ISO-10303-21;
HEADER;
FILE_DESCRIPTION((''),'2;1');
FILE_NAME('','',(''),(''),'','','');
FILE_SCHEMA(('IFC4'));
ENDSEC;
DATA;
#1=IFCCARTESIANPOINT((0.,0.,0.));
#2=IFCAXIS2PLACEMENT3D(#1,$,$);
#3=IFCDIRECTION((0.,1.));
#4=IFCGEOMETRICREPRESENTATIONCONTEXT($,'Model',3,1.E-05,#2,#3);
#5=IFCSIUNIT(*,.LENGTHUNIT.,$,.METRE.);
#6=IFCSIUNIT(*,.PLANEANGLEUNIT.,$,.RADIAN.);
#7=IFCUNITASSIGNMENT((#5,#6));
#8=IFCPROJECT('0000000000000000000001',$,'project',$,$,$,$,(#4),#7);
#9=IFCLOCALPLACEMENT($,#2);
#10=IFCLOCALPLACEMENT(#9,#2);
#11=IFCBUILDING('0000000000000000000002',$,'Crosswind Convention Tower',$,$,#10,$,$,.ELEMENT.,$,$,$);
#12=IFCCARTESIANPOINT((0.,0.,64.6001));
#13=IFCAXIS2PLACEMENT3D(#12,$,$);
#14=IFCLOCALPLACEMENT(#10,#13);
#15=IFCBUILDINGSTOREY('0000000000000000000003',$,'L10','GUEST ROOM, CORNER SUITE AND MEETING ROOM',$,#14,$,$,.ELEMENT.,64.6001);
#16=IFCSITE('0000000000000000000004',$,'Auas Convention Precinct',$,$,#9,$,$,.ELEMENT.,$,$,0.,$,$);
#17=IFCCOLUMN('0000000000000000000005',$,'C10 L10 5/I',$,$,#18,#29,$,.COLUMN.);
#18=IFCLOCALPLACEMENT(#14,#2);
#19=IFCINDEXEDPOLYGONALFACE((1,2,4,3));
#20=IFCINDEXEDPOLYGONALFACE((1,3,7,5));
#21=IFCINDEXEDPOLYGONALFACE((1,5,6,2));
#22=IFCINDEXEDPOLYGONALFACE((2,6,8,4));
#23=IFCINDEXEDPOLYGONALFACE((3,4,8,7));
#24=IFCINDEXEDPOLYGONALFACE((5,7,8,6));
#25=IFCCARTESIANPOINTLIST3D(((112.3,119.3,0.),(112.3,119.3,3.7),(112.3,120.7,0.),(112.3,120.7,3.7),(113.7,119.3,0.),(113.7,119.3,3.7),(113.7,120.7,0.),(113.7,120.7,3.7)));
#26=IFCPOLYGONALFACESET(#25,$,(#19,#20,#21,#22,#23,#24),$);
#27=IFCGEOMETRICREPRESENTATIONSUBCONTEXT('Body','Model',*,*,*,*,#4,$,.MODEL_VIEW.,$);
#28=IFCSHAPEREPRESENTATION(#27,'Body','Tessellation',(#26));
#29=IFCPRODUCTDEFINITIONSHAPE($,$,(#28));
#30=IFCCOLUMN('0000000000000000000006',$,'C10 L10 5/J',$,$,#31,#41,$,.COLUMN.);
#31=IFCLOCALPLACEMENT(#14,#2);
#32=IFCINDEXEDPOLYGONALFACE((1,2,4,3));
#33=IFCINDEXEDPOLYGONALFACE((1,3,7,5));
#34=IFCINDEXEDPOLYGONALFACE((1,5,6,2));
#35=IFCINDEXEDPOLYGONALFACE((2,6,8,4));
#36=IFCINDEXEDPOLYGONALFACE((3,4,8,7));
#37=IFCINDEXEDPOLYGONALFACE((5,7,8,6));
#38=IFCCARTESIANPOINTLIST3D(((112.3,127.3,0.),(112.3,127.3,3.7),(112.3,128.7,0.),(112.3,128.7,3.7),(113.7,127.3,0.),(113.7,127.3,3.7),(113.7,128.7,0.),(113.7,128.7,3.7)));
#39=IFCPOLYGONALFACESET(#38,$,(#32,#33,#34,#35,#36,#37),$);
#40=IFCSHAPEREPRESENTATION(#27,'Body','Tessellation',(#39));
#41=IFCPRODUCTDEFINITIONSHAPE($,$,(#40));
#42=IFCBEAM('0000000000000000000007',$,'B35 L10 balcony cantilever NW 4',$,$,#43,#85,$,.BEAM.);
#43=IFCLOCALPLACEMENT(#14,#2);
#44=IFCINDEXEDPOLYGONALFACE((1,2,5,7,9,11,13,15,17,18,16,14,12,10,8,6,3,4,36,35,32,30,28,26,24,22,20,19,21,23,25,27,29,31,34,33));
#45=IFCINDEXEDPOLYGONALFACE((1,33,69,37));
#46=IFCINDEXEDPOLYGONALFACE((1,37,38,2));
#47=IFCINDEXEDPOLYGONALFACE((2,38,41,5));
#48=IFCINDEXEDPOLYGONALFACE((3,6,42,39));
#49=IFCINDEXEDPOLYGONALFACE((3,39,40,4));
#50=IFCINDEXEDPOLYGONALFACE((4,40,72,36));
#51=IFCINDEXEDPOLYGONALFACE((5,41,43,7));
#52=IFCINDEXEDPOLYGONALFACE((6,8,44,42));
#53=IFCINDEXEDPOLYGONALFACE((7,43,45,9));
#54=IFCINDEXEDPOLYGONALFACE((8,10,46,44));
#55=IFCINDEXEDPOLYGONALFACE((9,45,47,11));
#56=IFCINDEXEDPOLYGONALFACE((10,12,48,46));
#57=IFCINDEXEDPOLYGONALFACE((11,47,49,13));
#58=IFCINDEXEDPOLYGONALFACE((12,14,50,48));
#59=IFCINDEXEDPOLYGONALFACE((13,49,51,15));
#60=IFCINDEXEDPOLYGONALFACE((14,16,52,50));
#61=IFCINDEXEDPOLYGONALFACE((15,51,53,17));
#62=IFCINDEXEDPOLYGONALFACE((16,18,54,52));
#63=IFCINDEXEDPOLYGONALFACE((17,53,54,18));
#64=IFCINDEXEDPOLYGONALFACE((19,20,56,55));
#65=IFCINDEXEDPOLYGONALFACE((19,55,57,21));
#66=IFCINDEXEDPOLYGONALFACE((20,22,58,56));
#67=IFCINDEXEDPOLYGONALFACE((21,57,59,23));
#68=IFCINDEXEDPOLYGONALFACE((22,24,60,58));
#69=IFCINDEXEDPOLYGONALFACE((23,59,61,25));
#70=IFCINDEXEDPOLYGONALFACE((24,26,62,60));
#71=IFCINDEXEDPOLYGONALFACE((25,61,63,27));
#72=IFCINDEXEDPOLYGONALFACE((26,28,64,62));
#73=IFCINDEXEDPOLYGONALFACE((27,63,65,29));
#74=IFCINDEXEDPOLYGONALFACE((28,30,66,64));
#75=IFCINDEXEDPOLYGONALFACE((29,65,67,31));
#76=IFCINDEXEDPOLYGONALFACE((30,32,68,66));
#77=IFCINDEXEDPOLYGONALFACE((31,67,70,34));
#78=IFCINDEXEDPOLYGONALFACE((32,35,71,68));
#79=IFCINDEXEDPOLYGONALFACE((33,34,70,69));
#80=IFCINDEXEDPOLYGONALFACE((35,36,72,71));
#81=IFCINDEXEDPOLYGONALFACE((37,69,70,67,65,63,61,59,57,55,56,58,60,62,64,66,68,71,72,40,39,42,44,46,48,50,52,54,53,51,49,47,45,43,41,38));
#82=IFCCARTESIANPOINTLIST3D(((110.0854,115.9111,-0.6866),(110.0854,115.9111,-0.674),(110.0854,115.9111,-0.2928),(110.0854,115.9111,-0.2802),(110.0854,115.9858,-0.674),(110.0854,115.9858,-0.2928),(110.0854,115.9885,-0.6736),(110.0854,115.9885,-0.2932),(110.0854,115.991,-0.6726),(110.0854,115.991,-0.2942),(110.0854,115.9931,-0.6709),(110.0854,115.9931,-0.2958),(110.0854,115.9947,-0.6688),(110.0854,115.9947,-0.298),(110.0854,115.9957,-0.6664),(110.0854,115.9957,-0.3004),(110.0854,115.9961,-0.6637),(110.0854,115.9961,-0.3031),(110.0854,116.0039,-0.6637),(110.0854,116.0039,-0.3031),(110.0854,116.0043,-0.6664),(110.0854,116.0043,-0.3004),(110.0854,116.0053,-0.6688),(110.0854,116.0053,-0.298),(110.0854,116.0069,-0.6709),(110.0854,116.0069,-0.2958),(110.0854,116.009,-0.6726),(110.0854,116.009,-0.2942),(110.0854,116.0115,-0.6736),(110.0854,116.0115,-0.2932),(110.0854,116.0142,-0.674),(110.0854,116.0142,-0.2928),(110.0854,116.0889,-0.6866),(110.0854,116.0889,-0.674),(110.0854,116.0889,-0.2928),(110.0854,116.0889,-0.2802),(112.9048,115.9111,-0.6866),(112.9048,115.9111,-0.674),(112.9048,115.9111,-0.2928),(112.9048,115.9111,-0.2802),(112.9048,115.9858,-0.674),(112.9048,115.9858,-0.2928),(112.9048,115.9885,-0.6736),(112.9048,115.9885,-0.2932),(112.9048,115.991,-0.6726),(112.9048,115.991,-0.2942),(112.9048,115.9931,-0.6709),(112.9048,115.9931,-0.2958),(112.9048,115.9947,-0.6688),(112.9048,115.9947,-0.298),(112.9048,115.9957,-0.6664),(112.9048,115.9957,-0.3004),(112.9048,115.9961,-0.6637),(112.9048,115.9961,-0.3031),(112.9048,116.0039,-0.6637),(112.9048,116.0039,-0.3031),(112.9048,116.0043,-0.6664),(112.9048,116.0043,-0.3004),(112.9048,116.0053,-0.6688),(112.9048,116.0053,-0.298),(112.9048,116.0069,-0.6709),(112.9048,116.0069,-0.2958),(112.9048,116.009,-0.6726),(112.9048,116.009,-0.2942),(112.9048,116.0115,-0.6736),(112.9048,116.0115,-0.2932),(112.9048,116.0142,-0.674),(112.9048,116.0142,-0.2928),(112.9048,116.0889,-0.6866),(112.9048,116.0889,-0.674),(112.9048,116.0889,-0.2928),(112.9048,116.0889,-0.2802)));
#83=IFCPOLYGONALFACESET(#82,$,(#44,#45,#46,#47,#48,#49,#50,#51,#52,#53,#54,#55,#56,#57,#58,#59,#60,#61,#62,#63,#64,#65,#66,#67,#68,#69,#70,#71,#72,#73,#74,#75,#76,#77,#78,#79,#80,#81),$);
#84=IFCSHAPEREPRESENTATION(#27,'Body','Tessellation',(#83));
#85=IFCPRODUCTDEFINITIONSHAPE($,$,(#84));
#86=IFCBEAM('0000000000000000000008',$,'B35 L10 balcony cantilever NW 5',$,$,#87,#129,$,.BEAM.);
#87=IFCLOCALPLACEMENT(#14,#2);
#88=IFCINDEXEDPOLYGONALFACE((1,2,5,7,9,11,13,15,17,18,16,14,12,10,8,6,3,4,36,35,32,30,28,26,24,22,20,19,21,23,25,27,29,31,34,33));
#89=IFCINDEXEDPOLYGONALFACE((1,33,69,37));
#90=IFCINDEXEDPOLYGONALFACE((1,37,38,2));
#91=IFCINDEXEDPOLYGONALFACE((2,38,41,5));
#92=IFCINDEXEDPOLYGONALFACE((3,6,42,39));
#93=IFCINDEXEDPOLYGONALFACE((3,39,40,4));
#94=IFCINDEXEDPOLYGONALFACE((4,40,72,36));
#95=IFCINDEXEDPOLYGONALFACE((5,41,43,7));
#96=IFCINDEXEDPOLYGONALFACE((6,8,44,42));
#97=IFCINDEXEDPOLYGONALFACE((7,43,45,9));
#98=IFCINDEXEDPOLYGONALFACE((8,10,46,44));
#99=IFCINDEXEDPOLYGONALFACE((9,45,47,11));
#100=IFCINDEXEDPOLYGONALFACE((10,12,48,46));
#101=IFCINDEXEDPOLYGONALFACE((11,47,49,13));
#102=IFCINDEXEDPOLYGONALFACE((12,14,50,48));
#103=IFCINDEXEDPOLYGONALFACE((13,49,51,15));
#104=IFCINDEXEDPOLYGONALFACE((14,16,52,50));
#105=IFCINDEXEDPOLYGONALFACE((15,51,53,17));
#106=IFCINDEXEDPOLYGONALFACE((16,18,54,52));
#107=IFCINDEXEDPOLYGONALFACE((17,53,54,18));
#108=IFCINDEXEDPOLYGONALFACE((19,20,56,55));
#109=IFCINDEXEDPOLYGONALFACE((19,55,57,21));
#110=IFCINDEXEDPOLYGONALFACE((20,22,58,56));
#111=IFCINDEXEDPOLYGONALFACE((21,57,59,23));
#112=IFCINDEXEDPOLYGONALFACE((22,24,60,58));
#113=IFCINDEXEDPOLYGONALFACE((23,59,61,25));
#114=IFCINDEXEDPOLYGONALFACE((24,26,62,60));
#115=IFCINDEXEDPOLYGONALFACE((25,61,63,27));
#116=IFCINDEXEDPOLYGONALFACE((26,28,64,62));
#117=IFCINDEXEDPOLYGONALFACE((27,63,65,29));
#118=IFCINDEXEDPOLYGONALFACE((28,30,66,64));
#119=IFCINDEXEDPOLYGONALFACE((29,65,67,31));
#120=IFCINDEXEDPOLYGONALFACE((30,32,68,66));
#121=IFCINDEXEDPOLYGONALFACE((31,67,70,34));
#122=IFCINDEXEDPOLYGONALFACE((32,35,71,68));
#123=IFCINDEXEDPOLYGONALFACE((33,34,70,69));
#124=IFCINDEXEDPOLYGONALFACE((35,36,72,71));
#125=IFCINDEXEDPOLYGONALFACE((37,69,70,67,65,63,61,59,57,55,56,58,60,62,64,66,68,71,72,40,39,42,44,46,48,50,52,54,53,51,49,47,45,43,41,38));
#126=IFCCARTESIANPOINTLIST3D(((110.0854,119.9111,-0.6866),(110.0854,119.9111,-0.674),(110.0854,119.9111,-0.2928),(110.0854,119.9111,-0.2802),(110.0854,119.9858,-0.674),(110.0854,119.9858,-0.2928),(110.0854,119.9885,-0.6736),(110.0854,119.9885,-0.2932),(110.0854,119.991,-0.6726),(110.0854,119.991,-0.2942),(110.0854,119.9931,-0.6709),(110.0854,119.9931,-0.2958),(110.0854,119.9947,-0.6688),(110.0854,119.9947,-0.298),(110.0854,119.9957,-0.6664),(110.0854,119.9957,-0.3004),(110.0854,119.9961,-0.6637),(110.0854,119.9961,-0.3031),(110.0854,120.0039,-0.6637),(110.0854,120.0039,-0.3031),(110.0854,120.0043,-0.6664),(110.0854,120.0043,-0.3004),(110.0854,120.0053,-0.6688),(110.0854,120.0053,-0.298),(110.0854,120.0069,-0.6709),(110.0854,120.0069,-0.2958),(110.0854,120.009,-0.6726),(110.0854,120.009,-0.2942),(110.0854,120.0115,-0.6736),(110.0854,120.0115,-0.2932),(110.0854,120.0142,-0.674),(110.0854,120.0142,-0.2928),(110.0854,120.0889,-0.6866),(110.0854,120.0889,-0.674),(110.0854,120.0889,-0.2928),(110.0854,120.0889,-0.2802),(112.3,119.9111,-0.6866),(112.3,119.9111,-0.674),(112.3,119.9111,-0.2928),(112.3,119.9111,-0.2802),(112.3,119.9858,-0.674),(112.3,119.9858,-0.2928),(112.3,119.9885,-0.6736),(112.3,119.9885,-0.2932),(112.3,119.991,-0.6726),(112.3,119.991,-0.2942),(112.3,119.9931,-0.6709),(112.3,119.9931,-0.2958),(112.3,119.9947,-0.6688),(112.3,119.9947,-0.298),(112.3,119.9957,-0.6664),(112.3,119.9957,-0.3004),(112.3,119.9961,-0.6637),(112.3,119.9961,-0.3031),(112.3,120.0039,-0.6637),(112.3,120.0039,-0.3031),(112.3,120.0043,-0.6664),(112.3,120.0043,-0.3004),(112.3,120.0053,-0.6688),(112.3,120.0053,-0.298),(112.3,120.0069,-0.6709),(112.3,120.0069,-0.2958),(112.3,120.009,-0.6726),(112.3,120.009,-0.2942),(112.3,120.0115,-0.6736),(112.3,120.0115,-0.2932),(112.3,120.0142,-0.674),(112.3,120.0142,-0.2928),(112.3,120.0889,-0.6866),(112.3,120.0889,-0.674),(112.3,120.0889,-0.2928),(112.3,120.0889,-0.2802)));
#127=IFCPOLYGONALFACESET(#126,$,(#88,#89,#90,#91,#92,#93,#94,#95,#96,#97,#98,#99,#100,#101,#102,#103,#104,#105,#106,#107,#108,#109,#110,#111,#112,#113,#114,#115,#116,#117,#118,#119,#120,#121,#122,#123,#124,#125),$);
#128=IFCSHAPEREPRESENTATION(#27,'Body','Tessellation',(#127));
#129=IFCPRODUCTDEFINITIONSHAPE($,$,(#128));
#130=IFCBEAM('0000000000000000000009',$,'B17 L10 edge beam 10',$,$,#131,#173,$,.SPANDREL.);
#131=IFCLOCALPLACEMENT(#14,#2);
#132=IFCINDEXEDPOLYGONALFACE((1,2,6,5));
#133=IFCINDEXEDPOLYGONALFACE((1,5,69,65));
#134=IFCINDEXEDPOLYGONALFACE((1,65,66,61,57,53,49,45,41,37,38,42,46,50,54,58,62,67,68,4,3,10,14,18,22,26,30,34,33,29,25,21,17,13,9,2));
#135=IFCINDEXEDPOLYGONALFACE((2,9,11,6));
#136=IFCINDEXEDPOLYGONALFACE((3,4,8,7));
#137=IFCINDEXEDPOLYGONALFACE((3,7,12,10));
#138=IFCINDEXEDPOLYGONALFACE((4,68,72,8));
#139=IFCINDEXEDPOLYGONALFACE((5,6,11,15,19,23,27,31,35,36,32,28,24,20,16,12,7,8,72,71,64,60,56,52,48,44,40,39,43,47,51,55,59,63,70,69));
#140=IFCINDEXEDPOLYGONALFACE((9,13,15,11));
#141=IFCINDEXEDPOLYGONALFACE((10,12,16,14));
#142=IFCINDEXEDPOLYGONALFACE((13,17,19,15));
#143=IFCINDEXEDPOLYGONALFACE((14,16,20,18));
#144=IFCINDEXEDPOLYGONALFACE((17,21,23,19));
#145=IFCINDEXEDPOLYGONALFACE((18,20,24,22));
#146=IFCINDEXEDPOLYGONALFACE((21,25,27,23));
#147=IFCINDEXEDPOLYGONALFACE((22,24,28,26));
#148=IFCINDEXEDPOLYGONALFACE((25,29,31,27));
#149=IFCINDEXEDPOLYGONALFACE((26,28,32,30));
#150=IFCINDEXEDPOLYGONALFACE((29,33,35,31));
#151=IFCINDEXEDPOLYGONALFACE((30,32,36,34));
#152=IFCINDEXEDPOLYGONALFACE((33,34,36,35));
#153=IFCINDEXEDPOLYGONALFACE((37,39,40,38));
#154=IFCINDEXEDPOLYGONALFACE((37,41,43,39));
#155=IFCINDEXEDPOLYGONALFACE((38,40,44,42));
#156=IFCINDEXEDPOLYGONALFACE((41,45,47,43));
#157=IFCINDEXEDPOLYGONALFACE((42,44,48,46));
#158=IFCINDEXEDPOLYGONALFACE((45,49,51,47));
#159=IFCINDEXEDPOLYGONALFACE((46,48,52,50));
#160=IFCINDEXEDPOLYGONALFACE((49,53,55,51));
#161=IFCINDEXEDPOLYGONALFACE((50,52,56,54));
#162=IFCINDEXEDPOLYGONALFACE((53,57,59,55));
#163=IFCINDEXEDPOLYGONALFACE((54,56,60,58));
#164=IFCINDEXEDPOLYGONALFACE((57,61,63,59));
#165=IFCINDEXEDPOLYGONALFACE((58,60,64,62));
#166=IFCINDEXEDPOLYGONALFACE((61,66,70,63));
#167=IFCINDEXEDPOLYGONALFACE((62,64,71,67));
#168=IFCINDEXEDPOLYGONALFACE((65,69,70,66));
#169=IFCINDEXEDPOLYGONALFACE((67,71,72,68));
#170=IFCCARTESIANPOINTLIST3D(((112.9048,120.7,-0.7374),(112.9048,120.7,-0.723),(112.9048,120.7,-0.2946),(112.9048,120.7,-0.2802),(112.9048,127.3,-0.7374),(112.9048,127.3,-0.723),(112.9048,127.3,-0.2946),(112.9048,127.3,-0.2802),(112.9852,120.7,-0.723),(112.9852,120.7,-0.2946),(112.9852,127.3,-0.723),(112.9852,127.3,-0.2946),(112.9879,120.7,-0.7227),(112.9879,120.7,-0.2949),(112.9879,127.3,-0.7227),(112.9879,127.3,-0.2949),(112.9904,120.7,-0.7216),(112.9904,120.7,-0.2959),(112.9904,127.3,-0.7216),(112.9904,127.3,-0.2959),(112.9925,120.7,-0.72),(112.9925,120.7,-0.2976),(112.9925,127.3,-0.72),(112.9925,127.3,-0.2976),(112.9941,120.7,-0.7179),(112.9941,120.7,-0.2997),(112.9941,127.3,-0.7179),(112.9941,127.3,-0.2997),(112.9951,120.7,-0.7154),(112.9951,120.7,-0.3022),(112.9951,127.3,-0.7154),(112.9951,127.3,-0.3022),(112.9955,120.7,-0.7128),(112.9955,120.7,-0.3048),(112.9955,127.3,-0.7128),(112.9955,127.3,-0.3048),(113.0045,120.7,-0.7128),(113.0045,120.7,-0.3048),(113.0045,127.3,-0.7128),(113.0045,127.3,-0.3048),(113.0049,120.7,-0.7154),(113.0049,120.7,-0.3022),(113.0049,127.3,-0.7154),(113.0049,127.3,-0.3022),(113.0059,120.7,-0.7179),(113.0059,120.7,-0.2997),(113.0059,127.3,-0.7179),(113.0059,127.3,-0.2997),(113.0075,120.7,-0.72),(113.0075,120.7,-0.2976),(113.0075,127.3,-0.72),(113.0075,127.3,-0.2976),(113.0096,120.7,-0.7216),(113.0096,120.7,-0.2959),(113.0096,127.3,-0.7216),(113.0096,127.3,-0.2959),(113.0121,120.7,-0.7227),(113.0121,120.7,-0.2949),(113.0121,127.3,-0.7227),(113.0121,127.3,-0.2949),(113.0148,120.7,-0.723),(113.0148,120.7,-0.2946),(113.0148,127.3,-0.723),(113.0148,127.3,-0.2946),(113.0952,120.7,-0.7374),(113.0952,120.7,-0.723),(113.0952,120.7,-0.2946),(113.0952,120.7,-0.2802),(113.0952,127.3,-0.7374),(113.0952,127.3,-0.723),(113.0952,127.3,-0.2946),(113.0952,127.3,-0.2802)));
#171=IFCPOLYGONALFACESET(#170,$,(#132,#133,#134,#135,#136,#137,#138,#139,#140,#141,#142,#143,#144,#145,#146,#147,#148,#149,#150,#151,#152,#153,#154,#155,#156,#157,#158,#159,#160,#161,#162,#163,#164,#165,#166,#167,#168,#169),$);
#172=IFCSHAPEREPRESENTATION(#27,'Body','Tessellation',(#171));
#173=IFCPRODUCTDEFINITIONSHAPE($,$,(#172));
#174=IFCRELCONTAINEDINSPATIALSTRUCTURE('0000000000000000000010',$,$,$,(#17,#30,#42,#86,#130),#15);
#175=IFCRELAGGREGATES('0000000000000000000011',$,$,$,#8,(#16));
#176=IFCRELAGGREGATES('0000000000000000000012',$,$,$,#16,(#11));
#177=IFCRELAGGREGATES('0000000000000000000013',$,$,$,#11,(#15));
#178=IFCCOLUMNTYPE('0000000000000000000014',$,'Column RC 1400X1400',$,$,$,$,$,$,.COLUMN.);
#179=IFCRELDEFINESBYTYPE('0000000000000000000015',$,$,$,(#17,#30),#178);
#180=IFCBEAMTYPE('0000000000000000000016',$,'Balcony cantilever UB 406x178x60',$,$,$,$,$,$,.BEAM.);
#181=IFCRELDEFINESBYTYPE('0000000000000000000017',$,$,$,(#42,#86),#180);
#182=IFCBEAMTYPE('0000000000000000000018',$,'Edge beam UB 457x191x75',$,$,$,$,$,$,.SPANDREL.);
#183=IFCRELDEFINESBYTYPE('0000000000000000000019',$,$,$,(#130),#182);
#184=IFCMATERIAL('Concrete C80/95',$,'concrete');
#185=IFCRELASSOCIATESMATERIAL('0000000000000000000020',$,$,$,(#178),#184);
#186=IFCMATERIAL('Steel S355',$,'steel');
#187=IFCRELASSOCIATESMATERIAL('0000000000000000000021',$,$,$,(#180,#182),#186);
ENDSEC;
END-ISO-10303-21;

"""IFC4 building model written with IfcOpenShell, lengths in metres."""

from ifc_helpers import new_model, si_unit, direction, frame, origin, origin_2d, place, context, subcontext, project, spatial, rectangle, i_section, extrude, material, material_profile, profile_set, type_object, element, save


model = new_model("IFC4")

# Units and contexts
model_context = context("Model", 3, precision=1e-05, world=origin(), true_north=direction((0.0, 1.0)))
body_context = subcontext(model_context, "Body", "Model", "MODEL_VIEW")
ifc_project = project(units=[si_unit("LENGTHUNIT", "METRE"), si_unit("PLANEANGLEUNIT", "RADIAN")], contexts=[model_context])

# Site, building, storey
site_placement = place(None, origin())
site = spatial("IfcSite", under=ifc_project, at=site_placement, Name="Auas Convention Precinct", CompositionType="ELEMENT", RefElevation=0.0)
building_placement = place(site_placement, origin())
building = spatial("IfcBuilding", under=site, at=building_placement, Name="Crosswind Convention Tower", CompositionType="ELEMENT")
storey_placement = place(building_placement, frame((0.0, 0.0, 64.6001)))
storey = spatial("IfcBuildingStorey", under=building, at=storey_placement, Name="L10", Description="GUEST ROOM, CORNER SUITE AND MEETING ROOM", CompositionType="ELEMENT", Elevation=64.6001)

# Columns
ifc_material_1 = material(Name="Concrete C80/95", Category="concrete")
ifc_material_profile_1 = material_profile(ifc_material_1, rectangle(XDim=1.3999, YDim=1.3999, at=origin_2d()), Name="RC 1400X1400")
ifc_profile_set_1 = profile_set([ifc_material_profile_1], Name="Concrete C80/95")
column_type = type_object("IfcColumnType", Name="Column RC 1400X1400", PredefinedType="COLUMN", material=ifc_profile_set_1)
for number, where, z_axis, x_axis, name in (
    (1, (113.0, 120.0, 0.0), (0.0, 0.0, 1.0), (1.0, 0.0, 0.0), "C10 L10 5/I"),
    (2, (113.0, 128.0, 0.0), (0.0, 0.0, 1.0), (1.0, 0.0, 0.0), "C10 L10 5/J"),
):
    element("IfcColumn", number, at=place(storey_placement, frame(where, z_axis=z_axis, x_axis=x_axis)), inside=storey, type_object=column_type, Name=name, PredefinedType="COLUMN", context=body_context, shape_type="SweptSolid", body=[
        extrude(rectangle(XDim=1.3999, YDim=1.3999, at=origin_2d()), origin(), (0.0, 0.0, 1.0), 3.7),
    ])

# Beams
ifc_material_2 = material(Name="Steel S355", Category="steel")
ifc_material_profile_2 = material_profile(ifc_material_2, i_section(OverallWidth=0.1777, OverallDepth=0.4065, WebThickness=0.0078, FlangeThickness=0.0127, FilletRadius=0.0103, at=origin_2d()), Name="UB 406x178x60")
ifc_profile_set_2 = profile_set([ifc_material_profile_2], Name="Steel S355")
beam_type_1 = type_object("IfcBeamType", Name="Balcony cantilever UB 406x178x60", PredefinedType="BEAM", material=ifc_profile_set_2)
beam_1_placement = place(storey_placement, frame((112.9048, 116.0, -0.4834), z_axis=(-1.0, 0.0, 0.0), x_axis=(0.0, -1.0, 0.0)))
element("IfcBeam", 3, at=beam_1_placement, inside=storey, type_object=beam_type_1, Name="B35 L10 balcony cantilever NW 4", PredefinedType="BEAM", context=body_context, shape_type="SweptSolid", body=[
    extrude(i_section(OverallWidth=0.1777, OverallDepth=0.4065, WebThickness=0.0078, FlangeThickness=0.0127, FilletRadius=0.0103, at=origin_2d()), origin(), (0.0, 0.0, 1.0), 2.8193),
])
beam_2_placement = place(storey_placement, frame((112.3, 120.0, -0.4834), z_axis=(-1.0, 0.0, 0.0), x_axis=(0.0, -1.0, 0.0)))
element("IfcBeam", 4, at=beam_2_placement, inside=storey, type_object=beam_type_1, Name="B35 L10 balcony cantilever NW 5", PredefinedType="BEAM", context=body_context, shape_type="SweptSolid", body=[
    extrude(i_section(OverallWidth=0.1777, OverallDepth=0.4065, WebThickness=0.0078, FlangeThickness=0.0127, FilletRadius=0.0103, at=origin_2d()), origin(), (0.0, 0.0, 1.0), 2.2146),
])
ifc_material_profile_3 = material_profile(ifc_material_2, i_section(OverallWidth=0.1904, OverallDepth=0.4573, WebThickness=0.009, FlangeThickness=0.0144, FilletRadius=0.0103, at=origin_2d()), Name="UB 457x191x75")
ifc_profile_set_3 = profile_set([ifc_material_profile_3], Name="Steel S355")
beam_type_2 = type_object("IfcBeamType", Name="Edge beam UB 457x191x75", PredefinedType="SPANDREL", material=ifc_profile_set_3)
beam_3_placement = place(storey_placement, frame((113.0, 120.7, -0.5088), z_axis=(0.0, 1.0, 0.0), x_axis=(-1.0, 0.0, 0.0)))
element("IfcBeam", 5, at=beam_3_placement, inside=storey, type_object=beam_type_2, Name="B17 L10 edge beam 10", PredefinedType="SPANDREL", context=body_context, shape_type="SweptSolid", body=[
    extrude(i_section(OverallWidth=0.1904, OverallDepth=0.4573, WebThickness=0.009, FlangeThickness=0.0144, FilletRadius=0.0103, at=origin_2d()), origin(), (0.0, 0.0, 1.0), 6.6001),
])

save(model, "model.ifc")
